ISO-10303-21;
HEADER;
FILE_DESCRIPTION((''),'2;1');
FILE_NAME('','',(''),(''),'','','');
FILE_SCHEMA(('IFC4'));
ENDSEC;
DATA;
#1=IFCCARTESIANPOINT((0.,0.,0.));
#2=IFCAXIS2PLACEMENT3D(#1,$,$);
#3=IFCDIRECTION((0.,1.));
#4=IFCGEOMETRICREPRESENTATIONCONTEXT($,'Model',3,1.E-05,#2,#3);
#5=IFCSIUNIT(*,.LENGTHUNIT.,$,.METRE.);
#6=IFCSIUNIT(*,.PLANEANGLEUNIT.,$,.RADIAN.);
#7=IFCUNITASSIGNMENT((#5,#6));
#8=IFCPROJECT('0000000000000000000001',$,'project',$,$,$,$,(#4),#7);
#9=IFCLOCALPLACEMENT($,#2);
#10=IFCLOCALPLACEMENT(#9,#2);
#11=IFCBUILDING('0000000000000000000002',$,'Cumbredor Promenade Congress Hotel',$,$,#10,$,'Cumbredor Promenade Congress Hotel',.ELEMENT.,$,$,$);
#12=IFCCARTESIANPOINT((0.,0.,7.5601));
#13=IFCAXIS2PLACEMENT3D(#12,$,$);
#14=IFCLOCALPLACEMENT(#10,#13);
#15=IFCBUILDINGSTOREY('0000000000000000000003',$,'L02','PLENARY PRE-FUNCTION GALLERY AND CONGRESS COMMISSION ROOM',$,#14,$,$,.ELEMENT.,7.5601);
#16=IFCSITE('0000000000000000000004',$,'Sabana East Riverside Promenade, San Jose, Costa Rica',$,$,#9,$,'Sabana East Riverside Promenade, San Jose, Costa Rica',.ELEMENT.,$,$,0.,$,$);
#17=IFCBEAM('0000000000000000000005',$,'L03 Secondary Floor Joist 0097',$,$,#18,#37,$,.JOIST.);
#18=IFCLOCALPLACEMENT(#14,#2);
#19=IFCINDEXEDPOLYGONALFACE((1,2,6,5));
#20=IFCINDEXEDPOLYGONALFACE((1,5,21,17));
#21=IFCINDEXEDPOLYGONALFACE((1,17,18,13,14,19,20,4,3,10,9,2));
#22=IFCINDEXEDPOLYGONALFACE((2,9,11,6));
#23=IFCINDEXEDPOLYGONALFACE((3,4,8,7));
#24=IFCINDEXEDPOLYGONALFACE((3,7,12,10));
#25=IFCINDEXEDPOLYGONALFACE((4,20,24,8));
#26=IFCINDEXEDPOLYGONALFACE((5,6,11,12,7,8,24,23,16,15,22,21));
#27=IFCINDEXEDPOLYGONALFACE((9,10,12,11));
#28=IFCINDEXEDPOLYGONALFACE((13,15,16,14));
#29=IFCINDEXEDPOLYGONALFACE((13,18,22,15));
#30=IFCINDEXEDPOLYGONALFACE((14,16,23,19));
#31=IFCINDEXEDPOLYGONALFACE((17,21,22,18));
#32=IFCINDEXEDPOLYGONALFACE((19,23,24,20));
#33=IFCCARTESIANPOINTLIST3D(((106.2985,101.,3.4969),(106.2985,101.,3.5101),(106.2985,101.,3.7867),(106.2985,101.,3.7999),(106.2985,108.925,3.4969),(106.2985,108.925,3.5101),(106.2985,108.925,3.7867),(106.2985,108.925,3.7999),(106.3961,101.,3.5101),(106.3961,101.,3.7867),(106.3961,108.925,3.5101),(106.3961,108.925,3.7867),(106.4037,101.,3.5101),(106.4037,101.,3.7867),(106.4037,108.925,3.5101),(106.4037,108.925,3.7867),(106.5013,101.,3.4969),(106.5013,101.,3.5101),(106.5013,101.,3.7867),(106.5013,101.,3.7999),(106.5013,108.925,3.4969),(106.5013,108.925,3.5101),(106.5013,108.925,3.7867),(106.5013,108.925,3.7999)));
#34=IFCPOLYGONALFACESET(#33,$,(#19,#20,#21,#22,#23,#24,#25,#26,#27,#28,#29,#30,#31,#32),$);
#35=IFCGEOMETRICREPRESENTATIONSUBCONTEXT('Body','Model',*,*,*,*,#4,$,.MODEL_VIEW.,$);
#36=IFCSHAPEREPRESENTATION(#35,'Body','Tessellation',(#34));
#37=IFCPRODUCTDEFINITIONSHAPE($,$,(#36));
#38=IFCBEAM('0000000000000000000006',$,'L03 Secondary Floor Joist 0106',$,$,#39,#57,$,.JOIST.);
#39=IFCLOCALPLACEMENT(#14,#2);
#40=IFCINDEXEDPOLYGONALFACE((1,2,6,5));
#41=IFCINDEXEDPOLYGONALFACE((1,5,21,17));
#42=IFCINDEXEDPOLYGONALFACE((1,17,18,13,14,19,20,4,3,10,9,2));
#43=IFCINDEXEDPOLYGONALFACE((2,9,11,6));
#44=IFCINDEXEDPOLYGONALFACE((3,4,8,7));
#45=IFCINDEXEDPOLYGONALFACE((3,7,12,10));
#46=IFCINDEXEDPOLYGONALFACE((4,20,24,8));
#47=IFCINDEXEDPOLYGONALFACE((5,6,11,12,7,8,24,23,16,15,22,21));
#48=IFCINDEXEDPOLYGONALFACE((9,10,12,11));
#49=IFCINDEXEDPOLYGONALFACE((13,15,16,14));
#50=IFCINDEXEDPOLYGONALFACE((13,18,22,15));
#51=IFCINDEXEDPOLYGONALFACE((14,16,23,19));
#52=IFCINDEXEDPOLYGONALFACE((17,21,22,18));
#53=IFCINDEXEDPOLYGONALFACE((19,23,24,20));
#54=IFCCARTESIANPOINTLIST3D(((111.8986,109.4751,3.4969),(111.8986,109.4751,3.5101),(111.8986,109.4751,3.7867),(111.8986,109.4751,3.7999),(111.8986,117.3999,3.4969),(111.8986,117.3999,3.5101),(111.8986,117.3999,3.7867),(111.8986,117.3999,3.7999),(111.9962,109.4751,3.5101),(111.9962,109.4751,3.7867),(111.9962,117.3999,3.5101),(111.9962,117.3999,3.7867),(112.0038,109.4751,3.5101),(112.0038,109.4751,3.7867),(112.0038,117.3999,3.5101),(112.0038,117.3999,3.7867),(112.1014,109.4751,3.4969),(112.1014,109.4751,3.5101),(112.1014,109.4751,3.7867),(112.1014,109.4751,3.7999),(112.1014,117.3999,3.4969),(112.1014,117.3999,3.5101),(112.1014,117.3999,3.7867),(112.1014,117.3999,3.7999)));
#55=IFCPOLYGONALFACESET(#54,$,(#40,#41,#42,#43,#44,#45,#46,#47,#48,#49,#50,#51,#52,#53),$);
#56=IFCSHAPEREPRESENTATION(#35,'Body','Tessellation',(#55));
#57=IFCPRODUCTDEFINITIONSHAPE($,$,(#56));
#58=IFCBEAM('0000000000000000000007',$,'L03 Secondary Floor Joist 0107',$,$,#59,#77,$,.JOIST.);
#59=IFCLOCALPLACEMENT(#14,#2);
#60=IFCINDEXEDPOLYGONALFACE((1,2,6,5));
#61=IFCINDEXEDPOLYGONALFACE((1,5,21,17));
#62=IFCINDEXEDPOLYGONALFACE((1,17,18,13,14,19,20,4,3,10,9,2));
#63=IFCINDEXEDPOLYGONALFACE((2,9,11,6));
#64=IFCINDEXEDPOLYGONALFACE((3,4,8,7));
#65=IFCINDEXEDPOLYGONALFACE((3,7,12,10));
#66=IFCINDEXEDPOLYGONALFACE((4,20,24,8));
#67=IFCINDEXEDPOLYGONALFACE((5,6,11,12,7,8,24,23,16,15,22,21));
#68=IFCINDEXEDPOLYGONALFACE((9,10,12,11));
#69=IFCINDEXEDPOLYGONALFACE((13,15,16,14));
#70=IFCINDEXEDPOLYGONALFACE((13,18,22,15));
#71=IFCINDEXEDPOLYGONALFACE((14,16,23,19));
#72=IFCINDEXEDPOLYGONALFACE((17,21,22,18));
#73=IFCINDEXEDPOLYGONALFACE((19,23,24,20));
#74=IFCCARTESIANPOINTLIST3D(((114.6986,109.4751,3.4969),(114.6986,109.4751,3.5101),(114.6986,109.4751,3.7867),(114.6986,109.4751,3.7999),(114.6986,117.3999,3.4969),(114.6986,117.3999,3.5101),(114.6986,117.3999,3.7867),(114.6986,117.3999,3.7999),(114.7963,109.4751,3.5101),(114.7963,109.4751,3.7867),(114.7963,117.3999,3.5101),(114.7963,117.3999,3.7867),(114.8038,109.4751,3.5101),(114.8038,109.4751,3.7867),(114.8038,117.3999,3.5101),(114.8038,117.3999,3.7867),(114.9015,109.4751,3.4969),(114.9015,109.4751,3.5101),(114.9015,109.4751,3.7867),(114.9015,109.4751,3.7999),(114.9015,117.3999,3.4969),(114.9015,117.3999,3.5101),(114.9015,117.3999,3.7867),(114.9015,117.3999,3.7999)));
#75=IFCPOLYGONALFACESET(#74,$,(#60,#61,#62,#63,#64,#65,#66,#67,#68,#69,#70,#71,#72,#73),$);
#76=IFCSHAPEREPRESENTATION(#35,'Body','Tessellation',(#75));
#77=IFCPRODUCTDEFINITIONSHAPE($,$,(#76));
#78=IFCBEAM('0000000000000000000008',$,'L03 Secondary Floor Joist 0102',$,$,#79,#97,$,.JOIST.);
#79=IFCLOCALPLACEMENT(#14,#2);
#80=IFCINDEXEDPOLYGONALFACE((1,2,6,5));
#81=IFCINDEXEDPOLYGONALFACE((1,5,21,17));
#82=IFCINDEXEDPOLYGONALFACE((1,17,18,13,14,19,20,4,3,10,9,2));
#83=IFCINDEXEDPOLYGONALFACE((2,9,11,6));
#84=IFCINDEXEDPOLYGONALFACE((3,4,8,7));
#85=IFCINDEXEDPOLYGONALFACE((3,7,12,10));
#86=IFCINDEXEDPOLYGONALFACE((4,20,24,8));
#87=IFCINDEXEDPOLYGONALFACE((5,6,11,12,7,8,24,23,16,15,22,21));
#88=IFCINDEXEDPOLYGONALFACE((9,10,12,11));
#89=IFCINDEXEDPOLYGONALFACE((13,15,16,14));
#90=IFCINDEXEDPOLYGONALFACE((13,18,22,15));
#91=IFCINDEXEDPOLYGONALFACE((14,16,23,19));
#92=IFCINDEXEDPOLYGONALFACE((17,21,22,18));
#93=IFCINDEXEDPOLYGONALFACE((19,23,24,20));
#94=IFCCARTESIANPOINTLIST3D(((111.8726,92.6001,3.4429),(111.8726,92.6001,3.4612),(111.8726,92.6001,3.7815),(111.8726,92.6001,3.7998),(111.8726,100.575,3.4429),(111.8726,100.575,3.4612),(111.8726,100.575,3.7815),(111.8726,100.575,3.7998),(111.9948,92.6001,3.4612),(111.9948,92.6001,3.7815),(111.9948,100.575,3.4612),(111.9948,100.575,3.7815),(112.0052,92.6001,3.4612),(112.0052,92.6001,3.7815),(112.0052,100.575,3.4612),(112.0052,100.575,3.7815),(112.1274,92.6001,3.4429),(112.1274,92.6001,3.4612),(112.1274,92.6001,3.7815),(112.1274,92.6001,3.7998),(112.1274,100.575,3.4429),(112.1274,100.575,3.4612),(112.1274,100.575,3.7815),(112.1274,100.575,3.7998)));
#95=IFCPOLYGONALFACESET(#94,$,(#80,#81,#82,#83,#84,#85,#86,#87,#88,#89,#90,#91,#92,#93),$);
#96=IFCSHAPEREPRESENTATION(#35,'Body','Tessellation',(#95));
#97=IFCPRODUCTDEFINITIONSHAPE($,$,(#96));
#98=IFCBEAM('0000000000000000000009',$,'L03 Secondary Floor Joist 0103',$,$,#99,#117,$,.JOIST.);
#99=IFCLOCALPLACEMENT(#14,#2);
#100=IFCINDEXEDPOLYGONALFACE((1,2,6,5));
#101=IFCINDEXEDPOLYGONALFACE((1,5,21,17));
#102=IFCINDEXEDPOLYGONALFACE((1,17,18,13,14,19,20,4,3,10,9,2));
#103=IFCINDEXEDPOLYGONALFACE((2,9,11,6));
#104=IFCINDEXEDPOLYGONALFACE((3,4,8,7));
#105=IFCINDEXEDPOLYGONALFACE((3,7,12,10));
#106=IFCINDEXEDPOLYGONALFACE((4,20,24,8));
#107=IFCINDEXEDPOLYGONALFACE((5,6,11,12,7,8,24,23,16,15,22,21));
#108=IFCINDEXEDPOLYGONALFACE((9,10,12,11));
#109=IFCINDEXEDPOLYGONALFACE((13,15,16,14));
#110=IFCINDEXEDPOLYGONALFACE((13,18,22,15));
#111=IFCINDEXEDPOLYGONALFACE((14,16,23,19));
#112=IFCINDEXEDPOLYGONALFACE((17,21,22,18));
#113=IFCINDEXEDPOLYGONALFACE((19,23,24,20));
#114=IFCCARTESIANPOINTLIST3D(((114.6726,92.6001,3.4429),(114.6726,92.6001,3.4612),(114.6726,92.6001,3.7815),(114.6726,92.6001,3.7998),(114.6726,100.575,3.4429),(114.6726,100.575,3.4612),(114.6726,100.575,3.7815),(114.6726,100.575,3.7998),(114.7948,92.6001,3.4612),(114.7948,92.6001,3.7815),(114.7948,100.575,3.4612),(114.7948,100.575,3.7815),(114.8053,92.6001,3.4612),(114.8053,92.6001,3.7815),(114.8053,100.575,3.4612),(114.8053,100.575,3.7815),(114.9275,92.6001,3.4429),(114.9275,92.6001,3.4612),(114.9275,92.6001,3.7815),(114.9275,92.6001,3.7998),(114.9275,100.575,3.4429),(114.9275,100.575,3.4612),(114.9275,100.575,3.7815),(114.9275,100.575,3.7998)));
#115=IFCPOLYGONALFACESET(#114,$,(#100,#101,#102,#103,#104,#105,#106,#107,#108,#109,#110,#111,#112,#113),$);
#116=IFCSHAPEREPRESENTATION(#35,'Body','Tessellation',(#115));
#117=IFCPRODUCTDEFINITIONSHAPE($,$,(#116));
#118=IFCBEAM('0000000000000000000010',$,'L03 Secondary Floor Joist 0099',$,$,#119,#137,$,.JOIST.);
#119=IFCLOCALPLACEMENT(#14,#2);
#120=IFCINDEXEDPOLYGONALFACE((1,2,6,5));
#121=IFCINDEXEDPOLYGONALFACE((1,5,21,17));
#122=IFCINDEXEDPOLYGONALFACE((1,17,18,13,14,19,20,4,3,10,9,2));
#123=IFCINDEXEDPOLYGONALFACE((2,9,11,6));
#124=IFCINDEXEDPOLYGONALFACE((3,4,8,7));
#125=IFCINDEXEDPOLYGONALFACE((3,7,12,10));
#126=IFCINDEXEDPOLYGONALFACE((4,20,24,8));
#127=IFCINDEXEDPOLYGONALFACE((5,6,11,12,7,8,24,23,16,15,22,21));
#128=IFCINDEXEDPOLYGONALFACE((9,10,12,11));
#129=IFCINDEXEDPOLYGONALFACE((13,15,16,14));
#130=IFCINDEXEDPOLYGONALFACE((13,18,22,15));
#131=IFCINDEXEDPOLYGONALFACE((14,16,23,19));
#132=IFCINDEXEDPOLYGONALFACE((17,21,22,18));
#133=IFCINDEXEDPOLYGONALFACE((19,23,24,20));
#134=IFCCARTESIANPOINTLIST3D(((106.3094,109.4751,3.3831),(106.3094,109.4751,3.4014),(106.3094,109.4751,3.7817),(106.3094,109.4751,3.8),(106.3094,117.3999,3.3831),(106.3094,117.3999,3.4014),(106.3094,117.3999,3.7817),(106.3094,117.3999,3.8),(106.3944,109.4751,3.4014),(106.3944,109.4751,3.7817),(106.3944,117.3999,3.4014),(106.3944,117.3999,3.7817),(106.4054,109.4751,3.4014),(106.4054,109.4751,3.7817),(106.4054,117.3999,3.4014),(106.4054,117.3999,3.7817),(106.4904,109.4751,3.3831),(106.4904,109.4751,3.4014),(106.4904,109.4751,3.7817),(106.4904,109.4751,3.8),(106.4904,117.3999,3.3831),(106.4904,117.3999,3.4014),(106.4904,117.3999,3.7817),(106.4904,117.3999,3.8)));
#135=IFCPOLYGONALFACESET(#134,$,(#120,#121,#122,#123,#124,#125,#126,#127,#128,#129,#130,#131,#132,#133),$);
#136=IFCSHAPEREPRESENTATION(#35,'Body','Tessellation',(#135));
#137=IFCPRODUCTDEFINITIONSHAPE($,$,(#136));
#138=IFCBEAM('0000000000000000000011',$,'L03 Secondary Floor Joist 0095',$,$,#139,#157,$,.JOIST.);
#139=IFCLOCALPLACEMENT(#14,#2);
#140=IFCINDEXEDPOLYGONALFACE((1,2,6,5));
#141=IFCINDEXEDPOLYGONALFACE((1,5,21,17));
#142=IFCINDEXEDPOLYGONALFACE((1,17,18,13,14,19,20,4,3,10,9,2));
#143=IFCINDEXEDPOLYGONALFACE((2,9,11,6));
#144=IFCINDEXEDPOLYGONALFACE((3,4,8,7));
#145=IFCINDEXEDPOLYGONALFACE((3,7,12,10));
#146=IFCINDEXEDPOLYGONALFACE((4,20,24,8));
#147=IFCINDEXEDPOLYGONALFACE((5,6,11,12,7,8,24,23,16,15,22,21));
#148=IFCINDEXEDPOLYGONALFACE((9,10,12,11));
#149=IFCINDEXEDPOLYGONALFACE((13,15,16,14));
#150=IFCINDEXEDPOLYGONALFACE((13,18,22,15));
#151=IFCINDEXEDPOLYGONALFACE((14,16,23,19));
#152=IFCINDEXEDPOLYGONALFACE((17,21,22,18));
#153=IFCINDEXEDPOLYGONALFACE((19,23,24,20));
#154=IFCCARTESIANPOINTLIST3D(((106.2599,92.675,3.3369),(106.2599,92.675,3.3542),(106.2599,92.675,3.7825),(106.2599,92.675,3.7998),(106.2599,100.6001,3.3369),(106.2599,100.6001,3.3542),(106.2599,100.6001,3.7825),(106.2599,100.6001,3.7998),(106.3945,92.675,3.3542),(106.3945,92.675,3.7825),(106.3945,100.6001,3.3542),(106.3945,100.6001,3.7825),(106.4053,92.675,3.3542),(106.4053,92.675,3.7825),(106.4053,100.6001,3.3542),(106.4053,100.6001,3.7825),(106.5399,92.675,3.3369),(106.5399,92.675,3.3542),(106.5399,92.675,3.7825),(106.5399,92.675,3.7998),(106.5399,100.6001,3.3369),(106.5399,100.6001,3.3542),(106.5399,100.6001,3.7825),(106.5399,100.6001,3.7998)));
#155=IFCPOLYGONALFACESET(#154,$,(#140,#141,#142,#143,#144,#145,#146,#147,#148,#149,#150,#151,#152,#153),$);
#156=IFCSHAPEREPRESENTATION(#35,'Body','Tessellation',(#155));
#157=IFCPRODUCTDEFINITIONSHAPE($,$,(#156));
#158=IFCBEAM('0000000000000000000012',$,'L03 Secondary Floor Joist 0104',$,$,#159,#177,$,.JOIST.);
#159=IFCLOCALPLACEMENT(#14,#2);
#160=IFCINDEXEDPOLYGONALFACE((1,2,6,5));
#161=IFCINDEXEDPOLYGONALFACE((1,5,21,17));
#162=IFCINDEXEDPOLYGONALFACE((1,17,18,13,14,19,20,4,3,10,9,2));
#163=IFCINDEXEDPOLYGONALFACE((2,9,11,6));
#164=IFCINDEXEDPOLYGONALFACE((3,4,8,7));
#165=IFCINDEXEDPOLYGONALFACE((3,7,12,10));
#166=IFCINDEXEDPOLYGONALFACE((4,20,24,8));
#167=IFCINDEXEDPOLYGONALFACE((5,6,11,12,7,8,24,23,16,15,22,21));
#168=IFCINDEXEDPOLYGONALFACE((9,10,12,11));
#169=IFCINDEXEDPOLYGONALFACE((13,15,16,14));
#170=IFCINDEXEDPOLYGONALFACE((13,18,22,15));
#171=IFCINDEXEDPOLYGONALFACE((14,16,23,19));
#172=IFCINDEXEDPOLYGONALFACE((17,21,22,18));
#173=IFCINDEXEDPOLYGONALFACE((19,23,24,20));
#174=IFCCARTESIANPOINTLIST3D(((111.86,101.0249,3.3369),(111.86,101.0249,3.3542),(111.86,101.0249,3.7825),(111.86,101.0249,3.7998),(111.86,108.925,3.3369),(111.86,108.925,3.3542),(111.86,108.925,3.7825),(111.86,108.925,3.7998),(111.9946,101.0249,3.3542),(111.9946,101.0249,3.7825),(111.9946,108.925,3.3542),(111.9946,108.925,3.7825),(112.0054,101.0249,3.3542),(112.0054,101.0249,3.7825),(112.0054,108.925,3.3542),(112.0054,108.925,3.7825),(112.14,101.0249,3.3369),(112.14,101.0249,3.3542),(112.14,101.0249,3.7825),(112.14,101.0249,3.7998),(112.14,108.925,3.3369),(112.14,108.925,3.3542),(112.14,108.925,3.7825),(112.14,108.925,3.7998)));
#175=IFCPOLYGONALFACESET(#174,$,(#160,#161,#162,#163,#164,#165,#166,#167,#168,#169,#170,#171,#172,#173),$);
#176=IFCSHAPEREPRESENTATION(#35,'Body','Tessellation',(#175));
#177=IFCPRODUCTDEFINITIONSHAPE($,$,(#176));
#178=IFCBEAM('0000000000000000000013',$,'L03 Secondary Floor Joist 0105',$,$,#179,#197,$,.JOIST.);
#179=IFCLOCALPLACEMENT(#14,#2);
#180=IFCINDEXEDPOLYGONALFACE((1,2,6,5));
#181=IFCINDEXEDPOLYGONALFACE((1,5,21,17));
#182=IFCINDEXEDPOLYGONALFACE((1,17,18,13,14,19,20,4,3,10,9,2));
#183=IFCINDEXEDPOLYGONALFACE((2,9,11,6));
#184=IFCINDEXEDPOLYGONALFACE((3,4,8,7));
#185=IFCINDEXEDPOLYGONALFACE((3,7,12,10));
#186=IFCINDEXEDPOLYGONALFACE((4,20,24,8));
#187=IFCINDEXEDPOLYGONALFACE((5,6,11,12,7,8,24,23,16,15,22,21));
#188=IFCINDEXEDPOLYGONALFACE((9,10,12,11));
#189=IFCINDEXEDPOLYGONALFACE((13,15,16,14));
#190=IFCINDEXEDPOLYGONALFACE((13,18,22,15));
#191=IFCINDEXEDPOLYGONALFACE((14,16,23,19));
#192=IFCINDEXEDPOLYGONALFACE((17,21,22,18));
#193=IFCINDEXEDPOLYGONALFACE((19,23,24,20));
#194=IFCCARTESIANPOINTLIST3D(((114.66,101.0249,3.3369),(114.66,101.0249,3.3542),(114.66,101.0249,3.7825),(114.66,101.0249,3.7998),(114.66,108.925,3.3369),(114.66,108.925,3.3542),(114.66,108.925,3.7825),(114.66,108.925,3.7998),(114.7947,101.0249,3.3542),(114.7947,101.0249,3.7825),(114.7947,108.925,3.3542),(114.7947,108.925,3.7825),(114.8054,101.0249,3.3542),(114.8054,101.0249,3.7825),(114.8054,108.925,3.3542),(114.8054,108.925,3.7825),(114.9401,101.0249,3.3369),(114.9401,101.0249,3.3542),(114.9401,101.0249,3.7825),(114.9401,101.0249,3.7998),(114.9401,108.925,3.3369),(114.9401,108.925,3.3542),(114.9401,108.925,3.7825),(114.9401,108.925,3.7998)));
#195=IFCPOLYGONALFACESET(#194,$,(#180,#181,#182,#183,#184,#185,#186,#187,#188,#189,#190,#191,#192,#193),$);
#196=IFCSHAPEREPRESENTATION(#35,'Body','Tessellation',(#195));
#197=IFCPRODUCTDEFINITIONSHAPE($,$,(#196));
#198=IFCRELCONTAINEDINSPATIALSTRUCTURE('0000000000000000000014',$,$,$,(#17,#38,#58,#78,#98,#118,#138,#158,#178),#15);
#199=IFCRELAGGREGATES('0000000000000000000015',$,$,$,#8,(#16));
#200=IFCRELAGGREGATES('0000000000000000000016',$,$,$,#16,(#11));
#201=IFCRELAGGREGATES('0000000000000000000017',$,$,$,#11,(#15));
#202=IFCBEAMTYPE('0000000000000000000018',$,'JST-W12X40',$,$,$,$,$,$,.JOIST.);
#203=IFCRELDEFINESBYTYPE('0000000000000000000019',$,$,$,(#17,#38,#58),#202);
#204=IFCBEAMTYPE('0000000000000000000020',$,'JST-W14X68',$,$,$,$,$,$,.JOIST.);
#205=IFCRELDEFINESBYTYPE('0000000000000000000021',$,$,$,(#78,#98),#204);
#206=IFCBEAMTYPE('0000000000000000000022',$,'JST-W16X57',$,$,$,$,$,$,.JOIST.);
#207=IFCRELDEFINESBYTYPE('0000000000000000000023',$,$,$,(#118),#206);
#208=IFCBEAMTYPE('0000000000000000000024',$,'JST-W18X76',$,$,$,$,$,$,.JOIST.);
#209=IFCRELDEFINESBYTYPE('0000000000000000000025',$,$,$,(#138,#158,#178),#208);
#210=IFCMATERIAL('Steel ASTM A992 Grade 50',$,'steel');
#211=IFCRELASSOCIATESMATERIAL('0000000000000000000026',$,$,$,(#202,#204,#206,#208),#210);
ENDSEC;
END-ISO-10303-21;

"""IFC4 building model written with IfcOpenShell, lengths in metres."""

from ifc_helpers import new_model, si_unit, direction, frame, origin, origin_2d, place, context, subcontext, project, spatial, i_section, extrude, material, material_profile, profile_set, type_object, element, save


model = new_model("IFC4")

# Units and contexts
model_context = context("Model", 3, precision=1e-05, world=origin(), true_north=direction((0.0, 1.0)))
body_context = subcontext(model_context, "Body", "Model", "MODEL_VIEW")
ifc_project = project(units=[si_unit("LENGTHUNIT", "METRE"), si_unit("PLANEANGLEUNIT", "RADIAN")], contexts=[model_context])

# Site, building, storey
site_placement = place(None, origin())
site = spatial("IfcSite", under=ifc_project, at=site_placement, Name="Sabana East Riverside Promenade, San Jose, Costa Rica", LongName="Sabana East Riverside Promenade, San Jose, Costa Rica", CompositionType="ELEMENT", RefElevation=0.0)
building_placement = place(site_placement, origin())
building = spatial("IfcBuilding", under=site, at=building_placement, Name="Cumbredor Promenade Congress Hotel", LongName="Cumbredor Promenade Congress Hotel", CompositionType="ELEMENT")
storey_placement = place(building_placement, frame((0.0, 0.0, 7.5601)))
storey = spatial("IfcBuildingStorey", under=building, at=storey_placement, Name="L02", Description="PLENARY PRE-FUNCTION GALLERY AND CONGRESS COMMISSION ROOM", CompositionType="ELEMENT", Elevation=7.5601)

# Beams
ifc_material_1 = material(Name="Steel ASTM A992 Grade 50", Category="steel")
ifc_material_profile_1 = material_profile(ifc_material_1, i_section(OverallWidth=0.2029, OverallDepth=0.303, WebThickness=0.0076, FlangeThickness=0.0132, at=origin_2d()), Name="W12X40")
ifc_profile_set_1 = profile_set([ifc_material_profile_1], Name="Steel ASTM A992 Grade 50")
beam_type_1 = type_object("IfcBeamType", Name="JST-W12X40", PredefinedType="JOIST", material=ifc_profile_set_1)
beam_1_placement = place(storey_placement, frame((106.3999, 101.0, 3.6484), z_axis=(0.0, 1.0, 0.0), x_axis=(-1.0, 0.0, 0.0)))
element("IfcBeam", 1, at=beam_1_placement, inside=storey, type_object=beam_type_1, Name="L03 Secondary Floor Joist 0097", PredefinedType="JOIST", context=body_context, shape_type="SweptSolid", body=[
    extrude(i_section(OverallWidth=0.2029, OverallDepth=0.303, WebThickness=0.0076, FlangeThickness=0.0132, at=origin_2d()), origin(), (0.0, 0.0, 1.0), 7.925),
])
for number, where, z_axis, x_axis, name in (
    (2, (112.0, 109.4751, 3.6484), (0.0, 1.0, 0.0), (-1.0, 0.0, 0.0), "L03 Secondary Floor Joist 0106"),
    (3, (114.8, 109.4751, 3.6484), (0.0, 1.0, 0.0), (-1.0, 0.0, 0.0), "L03 Secondary Floor Joist 0107"),
):
    element("IfcBeam", number, at=place(storey_placement, frame(where, z_axis=z_axis, x_axis=x_axis)), inside=storey, type_object=beam_type_1, Name=name, PredefinedType="JOIST", context=body_context, shape_type="SweptSolid", body=[
        extrude(i_section(OverallWidth=0.2029, OverallDepth=0.303, WebThickness=0.0076, FlangeThickness=0.0132, at=origin_2d()), origin(), (0.0, 0.0, 1.0), 7.9248),
    ])
ifc_material_profile_2 = material_profile(ifc_material_1, i_section(OverallWidth=0.2549, OverallDepth=0.3569, WebThickness=0.0105, FlangeThickness=0.0183, at=origin_2d()), Name="W14X68")
ifc_profile_set_2 = profile_set([ifc_material_profile_2], Name="Steel ASTM A992 Grade 50")
beam_type_2 = type_object("IfcBeamType", Name="JST-W14X68", PredefinedType="JOIST", material=ifc_profile_set_2)
for number, where, z_axis, x_axis, name in (
    (4, (112.0, 92.6001, 3.6213), (0.0, 1.0, 0.0), (-1.0, 0.0, 0.0), "L03 Secondary Floor Joist 0102"),
    (5, (114.8, 92.6001, 3.6213), (0.0, 1.0, 0.0), (-1.0, 0.0, 0.0), "L03 Secondary Floor Joist 0103"),
):
    element("IfcBeam", number, at=place(storey_placement, frame(where, z_axis=z_axis, x_axis=x_axis)), inside=storey, type_object=beam_type_2, Name=name, PredefinedType="JOIST", context=body_context, shape_type="SweptSolid", body=[
        extrude(i_section(OverallWidth=0.2549, OverallDepth=0.3569, WebThickness=0.0105, FlangeThickness=0.0183, at=origin_2d()), origin(), (0.0, 0.0, 1.0), 7.9749),
    ])
ifc_material_profile_3 = material_profile(ifc_material_1, i_section(OverallWidth=0.1809, OverallDepth=0.417, WebThickness=0.011, FlangeThickness=0.0183, at=origin_2d()), Name="W16X57")
ifc_profile_set_3 = profile_set([ifc_material_profile_3], Name="Steel ASTM A992 Grade 50")
beam_type_3 = type_object("IfcBeamType", Name="JST-W16X57", PredefinedType="JOIST", material=ifc_profile_set_3)
beam_2_placement = place(storey_placement, frame((106.3999, 109.4751, 3.5916), z_axis=(0.0, 1.0, 0.0), x_axis=(-1.0, 0.0, 0.0)))
element("IfcBeam", 6, at=beam_2_placement, inside=storey, type_object=beam_type_3, Name="L03 Secondary Floor Joist 0099", PredefinedType="JOIST", context=body_context, shape_type="SweptSolid", body=[
    extrude(i_section(OverallWidth=0.1809, OverallDepth=0.417, WebThickness=0.011, FlangeThickness=0.0183, at=origin_2d()), origin(), (0.0, 0.0, 1.0), 7.9248),
])
ifc_material_profile_4 = material_profile(ifc_material_1, i_section(OverallWidth=0.28, OverallDepth=0.4629, WebThickness=0.0107, FlangeThickness=0.0173, at=origin_2d()), Name="W18X76")
ifc_profile_set_4 = profile_set([ifc_material_profile_4], Name="Steel ASTM A992 Grade 50")
beam_type_4 = type_object("IfcBeamType", Name="JST-W18X76", PredefinedType="JOIST", material=ifc_profile_set_4)
beam_3_placement = place(storey_placement, frame((106.3999, 92.675, 3.5684), z_axis=(0.0, 1.0, 0.0), x_axis=(-1.0, 0.0, 0.0)))
element("IfcBeam", 7, at=beam_3_placement, inside=storey, type_object=beam_type_4, Name="L03 Secondary Floor Joist 0095", PredefinedType="JOIST", context=body_context, shape_type="SweptSolid", body=[
    extrude(i_section(OverallWidth=0.28, OverallDepth=0.4629, WebThickness=0.0107, FlangeThickness=0.0173, at=origin_2d()), origin(), (0.0, 0.0, 1.0), 7.925),
])
for number, where, z_axis, x_axis, name in (
    (8, (112.0, 101.0249, 3.5684), (0.0, 1.0, 0.0), (-1.0, 0.0, 0.0), "L03 Secondary Floor Joist 0104"),
    (9, (114.8, 101.0249, 3.5684), (0.0, 1.0, 0.0), (-1.0, 0.0, 0.0), "L03 Secondary Floor Joist 0105"),
):
    element("IfcBeam", number, at=place(storey_placement, frame(where, z_axis=z_axis, x_axis=x_axis)), inside=storey, type_object=beam_type_4, Name=name, PredefinedType="JOIST", context=body_context, shape_type="SweptSolid", body=[
        extrude(i_section(OverallWidth=0.28, OverallDepth=0.4629, WebThickness=0.0107, FlangeThickness=0.0173, at=origin_2d()), origin(), (0.0, 0.0, 1.0), 7.9001),
    ])

save(model, "model.ifc")
